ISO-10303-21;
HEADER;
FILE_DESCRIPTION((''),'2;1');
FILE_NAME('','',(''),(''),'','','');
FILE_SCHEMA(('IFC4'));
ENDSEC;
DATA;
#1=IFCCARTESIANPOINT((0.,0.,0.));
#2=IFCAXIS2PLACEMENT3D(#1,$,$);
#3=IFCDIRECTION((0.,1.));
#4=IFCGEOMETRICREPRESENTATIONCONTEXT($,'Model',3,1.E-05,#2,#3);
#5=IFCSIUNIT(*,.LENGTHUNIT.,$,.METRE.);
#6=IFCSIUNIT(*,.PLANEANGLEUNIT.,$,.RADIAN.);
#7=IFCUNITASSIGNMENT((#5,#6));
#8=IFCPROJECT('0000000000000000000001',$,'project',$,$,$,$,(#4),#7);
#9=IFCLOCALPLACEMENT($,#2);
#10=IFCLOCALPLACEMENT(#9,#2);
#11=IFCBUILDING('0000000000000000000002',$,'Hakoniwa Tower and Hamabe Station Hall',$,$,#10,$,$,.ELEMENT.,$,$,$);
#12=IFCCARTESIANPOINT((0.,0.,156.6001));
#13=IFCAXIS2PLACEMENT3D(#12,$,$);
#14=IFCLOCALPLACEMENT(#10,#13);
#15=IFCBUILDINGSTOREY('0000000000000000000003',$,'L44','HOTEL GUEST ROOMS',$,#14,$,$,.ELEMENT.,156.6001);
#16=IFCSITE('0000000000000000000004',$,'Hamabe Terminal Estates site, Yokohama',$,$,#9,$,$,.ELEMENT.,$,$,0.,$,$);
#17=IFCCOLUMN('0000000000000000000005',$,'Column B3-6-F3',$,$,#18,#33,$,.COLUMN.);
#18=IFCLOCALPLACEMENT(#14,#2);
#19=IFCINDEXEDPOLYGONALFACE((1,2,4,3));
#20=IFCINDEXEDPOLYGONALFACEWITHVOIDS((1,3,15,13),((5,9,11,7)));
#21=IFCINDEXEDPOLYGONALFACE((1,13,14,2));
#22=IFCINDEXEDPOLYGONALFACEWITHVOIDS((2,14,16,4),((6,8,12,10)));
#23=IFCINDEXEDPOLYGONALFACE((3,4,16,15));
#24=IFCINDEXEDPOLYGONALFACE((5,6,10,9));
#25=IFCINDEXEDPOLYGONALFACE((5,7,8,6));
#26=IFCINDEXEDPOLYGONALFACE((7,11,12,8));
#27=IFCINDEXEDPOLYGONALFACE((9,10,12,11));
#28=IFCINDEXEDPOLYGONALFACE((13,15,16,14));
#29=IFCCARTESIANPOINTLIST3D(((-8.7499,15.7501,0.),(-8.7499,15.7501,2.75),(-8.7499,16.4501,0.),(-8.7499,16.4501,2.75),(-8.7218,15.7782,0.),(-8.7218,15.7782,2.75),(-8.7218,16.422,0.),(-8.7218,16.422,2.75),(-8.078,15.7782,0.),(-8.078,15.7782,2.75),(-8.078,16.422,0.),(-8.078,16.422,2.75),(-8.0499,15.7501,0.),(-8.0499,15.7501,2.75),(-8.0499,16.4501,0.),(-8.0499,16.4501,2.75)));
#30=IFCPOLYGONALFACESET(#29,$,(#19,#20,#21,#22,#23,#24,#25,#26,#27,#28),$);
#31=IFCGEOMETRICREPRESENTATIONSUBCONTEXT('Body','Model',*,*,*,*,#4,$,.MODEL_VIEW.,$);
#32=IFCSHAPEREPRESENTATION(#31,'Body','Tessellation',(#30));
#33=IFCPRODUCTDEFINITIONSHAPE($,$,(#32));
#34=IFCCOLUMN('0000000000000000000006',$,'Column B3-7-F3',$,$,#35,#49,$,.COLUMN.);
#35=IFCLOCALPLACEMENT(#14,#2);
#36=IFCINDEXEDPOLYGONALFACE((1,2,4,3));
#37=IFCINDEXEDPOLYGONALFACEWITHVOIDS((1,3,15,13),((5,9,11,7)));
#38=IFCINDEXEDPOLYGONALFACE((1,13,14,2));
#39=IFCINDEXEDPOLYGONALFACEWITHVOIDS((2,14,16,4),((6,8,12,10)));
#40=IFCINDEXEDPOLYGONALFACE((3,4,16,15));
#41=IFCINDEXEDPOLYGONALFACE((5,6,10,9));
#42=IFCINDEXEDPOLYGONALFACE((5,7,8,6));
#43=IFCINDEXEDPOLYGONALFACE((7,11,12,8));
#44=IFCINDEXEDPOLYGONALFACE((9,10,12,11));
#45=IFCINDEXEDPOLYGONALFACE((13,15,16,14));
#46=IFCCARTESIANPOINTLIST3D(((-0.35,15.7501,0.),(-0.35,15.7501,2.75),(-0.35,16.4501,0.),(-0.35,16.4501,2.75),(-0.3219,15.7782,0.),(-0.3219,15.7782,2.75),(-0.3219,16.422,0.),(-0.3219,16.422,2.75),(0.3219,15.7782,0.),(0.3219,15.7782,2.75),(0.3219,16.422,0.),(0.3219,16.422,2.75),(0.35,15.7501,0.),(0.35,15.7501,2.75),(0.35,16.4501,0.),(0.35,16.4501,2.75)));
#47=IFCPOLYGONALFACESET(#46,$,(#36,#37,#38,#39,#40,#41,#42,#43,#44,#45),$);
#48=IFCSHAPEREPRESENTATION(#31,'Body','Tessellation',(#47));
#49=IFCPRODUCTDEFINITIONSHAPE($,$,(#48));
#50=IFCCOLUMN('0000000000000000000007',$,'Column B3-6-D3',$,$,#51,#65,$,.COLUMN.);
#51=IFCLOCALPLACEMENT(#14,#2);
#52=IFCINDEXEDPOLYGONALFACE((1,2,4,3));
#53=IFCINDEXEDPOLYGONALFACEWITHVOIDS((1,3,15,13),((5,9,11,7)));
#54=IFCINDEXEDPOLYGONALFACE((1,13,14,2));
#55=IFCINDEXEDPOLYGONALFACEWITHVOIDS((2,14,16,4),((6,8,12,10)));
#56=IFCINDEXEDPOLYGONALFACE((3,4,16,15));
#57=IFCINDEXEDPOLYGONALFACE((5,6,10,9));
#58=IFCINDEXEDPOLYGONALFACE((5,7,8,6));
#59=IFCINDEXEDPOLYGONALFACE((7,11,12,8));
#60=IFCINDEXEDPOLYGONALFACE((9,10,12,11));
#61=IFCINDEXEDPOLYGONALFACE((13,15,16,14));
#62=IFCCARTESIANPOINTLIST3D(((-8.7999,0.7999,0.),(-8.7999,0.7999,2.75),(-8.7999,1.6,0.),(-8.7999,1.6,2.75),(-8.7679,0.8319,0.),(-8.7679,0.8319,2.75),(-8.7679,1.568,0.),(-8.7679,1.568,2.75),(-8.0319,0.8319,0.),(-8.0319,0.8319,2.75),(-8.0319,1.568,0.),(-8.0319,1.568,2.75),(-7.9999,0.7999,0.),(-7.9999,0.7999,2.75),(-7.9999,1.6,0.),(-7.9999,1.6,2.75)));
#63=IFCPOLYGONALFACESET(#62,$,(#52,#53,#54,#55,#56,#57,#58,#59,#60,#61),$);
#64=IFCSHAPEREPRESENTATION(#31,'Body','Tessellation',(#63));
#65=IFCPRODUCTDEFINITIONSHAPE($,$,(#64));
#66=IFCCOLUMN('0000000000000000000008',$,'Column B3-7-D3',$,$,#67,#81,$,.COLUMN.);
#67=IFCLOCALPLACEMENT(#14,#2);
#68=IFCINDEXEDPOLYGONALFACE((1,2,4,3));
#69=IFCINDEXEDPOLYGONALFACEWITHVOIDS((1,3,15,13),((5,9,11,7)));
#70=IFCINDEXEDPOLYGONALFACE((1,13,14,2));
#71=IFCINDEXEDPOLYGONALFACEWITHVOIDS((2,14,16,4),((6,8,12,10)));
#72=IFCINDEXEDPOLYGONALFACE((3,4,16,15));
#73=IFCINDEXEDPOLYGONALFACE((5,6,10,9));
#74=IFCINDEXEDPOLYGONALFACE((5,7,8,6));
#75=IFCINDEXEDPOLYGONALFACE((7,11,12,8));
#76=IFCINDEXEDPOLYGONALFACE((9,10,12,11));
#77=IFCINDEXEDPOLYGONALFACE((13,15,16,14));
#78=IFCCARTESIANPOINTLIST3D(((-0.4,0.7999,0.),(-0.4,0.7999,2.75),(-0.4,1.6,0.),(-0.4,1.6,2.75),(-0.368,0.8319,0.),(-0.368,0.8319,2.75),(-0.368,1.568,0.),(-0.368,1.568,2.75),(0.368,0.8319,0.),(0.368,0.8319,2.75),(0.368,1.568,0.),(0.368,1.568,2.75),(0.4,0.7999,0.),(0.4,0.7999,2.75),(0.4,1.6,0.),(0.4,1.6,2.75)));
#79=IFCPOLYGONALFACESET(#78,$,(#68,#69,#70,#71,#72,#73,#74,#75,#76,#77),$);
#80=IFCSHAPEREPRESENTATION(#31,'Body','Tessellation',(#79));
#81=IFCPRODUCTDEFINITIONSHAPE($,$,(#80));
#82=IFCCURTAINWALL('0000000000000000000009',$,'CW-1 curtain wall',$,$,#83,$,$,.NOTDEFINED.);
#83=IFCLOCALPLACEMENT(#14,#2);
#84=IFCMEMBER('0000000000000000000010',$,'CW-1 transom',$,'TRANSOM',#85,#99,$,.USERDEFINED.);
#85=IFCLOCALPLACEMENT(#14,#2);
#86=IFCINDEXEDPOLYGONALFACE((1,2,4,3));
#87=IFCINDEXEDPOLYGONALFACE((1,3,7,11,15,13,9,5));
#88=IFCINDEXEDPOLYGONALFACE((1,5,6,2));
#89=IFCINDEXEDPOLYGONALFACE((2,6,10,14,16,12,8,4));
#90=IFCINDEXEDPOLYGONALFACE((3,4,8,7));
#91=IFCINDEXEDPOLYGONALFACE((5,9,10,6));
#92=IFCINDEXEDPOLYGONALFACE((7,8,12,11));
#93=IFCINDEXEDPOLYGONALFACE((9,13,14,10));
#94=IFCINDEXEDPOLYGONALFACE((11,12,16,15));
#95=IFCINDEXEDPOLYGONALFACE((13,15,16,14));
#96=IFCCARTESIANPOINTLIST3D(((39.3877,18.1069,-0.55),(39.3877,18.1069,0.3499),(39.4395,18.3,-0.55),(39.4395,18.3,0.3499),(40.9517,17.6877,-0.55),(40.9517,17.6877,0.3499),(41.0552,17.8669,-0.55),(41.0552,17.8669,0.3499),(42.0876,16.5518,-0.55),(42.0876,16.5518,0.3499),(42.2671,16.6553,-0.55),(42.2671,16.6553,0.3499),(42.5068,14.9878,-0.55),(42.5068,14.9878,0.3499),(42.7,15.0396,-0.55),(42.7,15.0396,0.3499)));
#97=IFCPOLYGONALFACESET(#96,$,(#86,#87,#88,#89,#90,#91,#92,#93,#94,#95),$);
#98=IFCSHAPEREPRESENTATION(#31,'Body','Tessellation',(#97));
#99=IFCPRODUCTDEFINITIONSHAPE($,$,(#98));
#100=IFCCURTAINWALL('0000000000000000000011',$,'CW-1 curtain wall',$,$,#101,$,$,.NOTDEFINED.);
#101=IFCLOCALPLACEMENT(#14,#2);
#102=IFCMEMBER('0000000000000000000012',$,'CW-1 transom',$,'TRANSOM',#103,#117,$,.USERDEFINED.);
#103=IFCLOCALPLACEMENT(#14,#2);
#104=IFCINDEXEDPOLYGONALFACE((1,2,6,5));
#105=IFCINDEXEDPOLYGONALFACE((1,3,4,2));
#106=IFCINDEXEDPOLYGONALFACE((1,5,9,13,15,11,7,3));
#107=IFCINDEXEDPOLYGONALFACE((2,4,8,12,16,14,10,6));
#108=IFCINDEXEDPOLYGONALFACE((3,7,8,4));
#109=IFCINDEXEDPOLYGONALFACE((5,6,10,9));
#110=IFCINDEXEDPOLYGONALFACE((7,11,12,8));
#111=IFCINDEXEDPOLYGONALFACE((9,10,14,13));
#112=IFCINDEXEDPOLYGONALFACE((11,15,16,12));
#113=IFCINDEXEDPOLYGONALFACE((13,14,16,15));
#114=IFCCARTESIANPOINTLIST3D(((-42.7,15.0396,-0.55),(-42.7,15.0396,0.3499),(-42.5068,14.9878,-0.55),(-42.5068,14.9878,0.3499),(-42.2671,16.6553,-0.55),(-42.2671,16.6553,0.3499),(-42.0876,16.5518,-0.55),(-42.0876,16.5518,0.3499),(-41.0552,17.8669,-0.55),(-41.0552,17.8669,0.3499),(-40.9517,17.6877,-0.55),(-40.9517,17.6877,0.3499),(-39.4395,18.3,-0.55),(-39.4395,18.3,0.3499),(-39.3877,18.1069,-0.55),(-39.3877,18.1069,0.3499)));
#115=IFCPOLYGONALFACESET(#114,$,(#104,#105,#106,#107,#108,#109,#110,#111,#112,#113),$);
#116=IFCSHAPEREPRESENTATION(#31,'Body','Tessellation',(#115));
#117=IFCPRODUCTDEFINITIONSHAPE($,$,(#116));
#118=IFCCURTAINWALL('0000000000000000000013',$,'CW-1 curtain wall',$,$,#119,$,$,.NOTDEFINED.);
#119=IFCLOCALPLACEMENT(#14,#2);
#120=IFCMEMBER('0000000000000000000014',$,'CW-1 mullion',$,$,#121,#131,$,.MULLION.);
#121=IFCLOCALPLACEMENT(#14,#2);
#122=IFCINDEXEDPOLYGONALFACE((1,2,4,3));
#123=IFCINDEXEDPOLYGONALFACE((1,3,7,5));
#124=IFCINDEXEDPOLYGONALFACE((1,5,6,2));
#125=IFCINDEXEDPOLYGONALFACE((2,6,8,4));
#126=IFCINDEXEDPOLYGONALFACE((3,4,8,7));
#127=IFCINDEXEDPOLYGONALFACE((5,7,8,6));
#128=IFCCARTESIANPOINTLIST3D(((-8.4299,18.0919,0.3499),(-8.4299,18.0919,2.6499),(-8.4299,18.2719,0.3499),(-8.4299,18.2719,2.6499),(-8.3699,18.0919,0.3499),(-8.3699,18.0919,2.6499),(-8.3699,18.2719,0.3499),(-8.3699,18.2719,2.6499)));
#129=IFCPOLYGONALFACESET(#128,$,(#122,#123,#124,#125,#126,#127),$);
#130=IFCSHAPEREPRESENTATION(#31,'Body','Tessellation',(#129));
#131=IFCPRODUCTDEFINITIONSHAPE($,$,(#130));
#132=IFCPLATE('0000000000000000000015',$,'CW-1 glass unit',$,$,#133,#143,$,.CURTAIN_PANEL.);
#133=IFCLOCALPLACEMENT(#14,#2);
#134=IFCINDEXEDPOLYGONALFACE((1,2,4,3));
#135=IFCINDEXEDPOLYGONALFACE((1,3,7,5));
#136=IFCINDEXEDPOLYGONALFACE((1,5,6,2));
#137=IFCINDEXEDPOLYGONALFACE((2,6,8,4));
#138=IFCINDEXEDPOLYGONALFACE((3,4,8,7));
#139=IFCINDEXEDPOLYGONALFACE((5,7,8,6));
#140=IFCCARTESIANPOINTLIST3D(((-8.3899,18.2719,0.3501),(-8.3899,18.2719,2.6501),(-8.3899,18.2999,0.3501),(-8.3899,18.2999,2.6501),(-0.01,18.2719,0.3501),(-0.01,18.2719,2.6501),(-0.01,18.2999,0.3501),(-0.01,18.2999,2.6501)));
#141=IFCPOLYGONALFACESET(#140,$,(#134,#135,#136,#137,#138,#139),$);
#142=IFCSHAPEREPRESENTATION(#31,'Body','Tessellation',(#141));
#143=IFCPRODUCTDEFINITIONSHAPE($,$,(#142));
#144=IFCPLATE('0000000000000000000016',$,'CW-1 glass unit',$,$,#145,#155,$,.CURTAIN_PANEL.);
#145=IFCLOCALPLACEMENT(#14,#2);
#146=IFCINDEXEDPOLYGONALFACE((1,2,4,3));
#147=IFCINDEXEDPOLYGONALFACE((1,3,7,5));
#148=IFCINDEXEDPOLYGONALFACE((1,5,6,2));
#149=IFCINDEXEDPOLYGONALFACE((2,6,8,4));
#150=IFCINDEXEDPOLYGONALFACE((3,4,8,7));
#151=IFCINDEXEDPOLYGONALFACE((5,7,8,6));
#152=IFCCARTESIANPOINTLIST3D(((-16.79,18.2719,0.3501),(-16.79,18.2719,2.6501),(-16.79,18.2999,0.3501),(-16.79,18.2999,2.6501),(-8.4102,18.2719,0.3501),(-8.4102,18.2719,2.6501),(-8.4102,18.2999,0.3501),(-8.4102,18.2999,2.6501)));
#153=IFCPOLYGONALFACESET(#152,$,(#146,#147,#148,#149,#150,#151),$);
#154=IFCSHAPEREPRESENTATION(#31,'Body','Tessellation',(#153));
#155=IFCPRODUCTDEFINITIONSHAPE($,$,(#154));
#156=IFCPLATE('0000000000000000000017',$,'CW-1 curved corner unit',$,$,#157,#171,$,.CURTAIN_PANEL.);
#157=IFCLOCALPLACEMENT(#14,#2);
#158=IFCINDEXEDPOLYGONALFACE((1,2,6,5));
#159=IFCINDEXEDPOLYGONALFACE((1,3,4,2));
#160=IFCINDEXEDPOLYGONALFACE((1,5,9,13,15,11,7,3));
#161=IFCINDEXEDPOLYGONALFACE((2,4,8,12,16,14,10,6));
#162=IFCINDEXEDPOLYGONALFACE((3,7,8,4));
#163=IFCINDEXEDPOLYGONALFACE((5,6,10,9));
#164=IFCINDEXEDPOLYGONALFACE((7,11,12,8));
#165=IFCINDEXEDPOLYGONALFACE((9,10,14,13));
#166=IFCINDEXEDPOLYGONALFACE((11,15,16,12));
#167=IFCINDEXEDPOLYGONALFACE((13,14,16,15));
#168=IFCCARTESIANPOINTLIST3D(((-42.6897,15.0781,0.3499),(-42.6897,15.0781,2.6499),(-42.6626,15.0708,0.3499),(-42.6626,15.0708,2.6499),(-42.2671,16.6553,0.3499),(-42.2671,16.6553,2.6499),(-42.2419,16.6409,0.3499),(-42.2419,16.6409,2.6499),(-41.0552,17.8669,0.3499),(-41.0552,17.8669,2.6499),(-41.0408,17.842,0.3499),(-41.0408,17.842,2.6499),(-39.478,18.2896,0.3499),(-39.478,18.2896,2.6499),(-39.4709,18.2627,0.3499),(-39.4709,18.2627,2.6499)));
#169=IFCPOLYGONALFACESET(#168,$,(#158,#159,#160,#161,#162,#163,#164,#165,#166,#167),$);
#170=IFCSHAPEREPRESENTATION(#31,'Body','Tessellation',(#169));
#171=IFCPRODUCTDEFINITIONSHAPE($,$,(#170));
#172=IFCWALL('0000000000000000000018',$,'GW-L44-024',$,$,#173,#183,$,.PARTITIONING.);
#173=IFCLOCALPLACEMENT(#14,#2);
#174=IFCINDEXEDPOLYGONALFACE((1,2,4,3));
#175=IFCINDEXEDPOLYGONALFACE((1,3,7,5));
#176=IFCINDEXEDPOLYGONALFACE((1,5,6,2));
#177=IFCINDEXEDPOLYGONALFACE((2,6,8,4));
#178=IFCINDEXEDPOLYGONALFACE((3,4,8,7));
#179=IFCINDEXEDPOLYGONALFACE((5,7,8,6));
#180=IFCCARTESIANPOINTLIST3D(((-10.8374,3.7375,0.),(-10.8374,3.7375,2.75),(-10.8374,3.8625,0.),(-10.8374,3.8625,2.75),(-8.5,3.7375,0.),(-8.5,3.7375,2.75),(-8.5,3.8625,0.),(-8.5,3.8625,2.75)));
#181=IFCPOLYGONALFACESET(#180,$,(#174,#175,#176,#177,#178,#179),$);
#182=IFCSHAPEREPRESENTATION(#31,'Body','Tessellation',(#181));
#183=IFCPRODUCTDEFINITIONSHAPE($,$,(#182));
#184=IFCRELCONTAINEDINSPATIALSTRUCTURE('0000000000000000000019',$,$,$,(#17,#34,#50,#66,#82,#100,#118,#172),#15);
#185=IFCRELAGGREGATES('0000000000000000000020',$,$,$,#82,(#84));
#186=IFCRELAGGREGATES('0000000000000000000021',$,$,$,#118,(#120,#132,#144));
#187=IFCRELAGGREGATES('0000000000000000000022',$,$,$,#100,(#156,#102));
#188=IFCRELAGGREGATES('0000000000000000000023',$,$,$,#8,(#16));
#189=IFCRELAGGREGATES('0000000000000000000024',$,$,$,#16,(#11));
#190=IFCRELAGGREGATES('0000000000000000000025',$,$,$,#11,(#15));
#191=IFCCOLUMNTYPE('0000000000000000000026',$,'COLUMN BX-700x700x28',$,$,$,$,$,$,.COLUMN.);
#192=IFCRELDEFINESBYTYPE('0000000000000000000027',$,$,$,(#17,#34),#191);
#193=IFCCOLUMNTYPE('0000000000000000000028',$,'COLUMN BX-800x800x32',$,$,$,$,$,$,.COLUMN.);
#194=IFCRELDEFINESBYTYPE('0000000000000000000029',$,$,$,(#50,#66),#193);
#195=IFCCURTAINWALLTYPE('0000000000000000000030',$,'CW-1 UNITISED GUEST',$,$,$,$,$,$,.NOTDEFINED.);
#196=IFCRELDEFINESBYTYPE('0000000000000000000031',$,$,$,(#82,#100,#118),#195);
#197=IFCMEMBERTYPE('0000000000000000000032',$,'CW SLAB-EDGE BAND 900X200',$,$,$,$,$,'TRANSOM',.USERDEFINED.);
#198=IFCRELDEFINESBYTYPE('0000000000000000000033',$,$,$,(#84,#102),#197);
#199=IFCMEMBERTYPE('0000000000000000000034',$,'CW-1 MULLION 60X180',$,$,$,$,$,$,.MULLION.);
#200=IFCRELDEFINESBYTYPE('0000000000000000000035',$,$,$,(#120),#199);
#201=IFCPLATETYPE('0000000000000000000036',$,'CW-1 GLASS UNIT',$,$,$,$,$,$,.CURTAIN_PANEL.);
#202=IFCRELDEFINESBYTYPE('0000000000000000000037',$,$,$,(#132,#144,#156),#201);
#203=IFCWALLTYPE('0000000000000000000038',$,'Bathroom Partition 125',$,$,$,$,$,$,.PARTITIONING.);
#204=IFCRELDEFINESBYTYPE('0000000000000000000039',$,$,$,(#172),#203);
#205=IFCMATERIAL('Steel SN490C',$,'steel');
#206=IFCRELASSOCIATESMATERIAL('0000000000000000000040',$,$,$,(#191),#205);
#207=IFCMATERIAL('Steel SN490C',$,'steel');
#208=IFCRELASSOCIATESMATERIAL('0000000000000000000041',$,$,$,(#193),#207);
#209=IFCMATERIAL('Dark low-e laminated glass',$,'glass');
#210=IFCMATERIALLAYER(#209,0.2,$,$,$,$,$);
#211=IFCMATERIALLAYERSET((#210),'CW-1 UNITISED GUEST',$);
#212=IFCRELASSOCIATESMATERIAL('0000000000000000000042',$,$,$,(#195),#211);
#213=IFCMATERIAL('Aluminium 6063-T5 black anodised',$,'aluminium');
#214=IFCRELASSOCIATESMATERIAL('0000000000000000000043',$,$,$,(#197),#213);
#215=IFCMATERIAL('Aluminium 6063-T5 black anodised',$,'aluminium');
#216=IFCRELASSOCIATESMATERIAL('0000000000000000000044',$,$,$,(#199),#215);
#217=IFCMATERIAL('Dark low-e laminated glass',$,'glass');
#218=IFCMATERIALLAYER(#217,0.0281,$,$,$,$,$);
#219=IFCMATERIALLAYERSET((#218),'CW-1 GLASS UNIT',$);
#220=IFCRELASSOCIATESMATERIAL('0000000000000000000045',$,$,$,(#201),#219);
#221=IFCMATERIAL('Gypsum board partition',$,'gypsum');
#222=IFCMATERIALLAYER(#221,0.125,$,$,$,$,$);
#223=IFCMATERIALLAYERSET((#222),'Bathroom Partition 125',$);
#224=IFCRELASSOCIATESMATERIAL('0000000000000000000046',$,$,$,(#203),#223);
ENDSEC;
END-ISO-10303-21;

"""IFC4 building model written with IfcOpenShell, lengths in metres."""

from ifc_helpers import new_model, si_unit, direction, frame, frame_2d, origin, origin_2d, place, context, subcontext, project, spatial, polyline, rectangle, hollow_rectangle, outline, extrude, material, layer, layer_set, material_profile, profile_set, type_object, element, aggregate, save


model = new_model("IFC4")

# Units and contexts
model_context = context("Model", 3, precision=1e-05, world=origin(), true_north=direction((0.0, 1.0)))
body_context = subcontext(model_context, "Body", "Model", "MODEL_VIEW")
ifc_project = project(units=[si_unit("LENGTHUNIT", "METRE"), si_unit("PLANEANGLEUNIT", "RADIAN")], contexts=[model_context])

# Site, building, storey
site_placement = place(None, origin())
site = spatial("IfcSite", under=ifc_project, at=site_placement, Name="Hamabe Terminal Estates site, Yokohama", CompositionType="ELEMENT", RefElevation=0.0)
building_placement = place(site_placement, origin())
building = spatial("IfcBuilding", under=site, at=building_placement, Name="Hakoniwa Tower and Hamabe Station Hall", CompositionType="ELEMENT")
storey_placement = place(building_placement, frame((0.0, 0.0, 156.6001)))
storey = spatial("IfcBuildingStorey", under=building, at=storey_placement, Name="L44", Description="HOTEL GUEST ROOMS", CompositionType="ELEMENT", Elevation=156.6001)

# Columns
ifc_material_1 = material(Name="Steel SN490C", Category="steel")
ifc_material_profile_1 = material_profile(ifc_material_1, hollow_rectangle(XDim=0.7, YDim=0.7, WallThickness=0.0281, at=origin_2d()), Name="BX-700x700x28")
ifc_profile_set_1 = profile_set([ifc_material_profile_1], Name="Steel SN490C")
column_type_1 = type_object("IfcColumnType", Name="COLUMN BX-700x700x28", PredefinedType="COLUMN", material=ifc_profile_set_1)
for number, where, z_axis, x_axis, name in (
    (1, (-8.3999, 16.1001, 0.0), (0.0, 0.0, 1.0), (1.0, 0.0, 0.0), "Column B3-6-F3"),
    (2, (0.0, 16.1001, 0.0), (0.0, 0.0, 1.0), (1.0, 0.0, 0.0), "Column B3-7-F3"),
):
    element("IfcColumn", number, at=place(storey_placement, frame(where, z_axis=z_axis, x_axis=x_axis)), inside=storey, type_object=column_type_1, Name=name, PredefinedType="COLUMN", context=body_context, shape_type="SweptSolid", body=[
        extrude(hollow_rectangle(XDim=0.7, YDim=0.7, WallThickness=0.0281, at=origin_2d()), origin(), (0.0, 0.0, 1.0), 2.75),
    ])
ifc_material_2 = material(Name="Steel SN490C", Category="steel")
ifc_material_profile_2 = material_profile(ifc_material_2, hollow_rectangle(XDim=0.8, YDim=0.8, WallThickness=0.032, at=origin_2d()), Name="BX-800x800x32")
ifc_profile_set_2 = profile_set([ifc_material_profile_2], Name="Steel SN490C")
column_type_2 = type_object("IfcColumnType", Name="COLUMN BX-800x800x32", PredefinedType="COLUMN", material=ifc_profile_set_2)
for number, where, z_axis, x_axis, name in (
    (3, (-8.3999, 1.2, 0.0), (0.0, 0.0, 1.0), (1.0, 0.0, 0.0), "Column B3-6-D3"),
    (4, (0.0, 1.2, 0.0), (0.0, 0.0, 1.0), (1.0, 0.0, 0.0), "Column B3-7-D3"),
):
    element("IfcColumn", number, at=place(storey_placement, frame(where, z_axis=z_axis, x_axis=x_axis)), inside=storey, type_object=column_type_2, Name=name, PredefinedType="COLUMN", context=body_context, shape_type="SweptSolid", body=[
        extrude(hollow_rectangle(XDim=0.8, YDim=0.8, WallThickness=0.032, at=origin_2d()), origin(), (0.0, 0.0, 1.0), 2.75),
    ])

# Curtain walls, members
ifc_material_3 = material(Name="Dark low-e laminated glass", Category="glass")
ifc_layer_1 = layer(ifc_material_3, 0.2)
ifc_layer_set_1 = layer_set([ifc_layer_1], Name="CW-1 UNITISED GUEST")
curtain_wall_type = type_object("IfcCurtainWallType", Name="CW-1 UNITISED GUEST", PredefinedType="NOTDEFINED", material=ifc_layer_set_1)
curtain_wall_1_placement = place(storey_placement, origin())
curtain_wall_1 = element("IfcCurtainWall", 5, at=curtain_wall_1_placement, inside=storey, type_object=curtain_wall_type, Name="CW-1 curtain wall", PredefinedType="NOTDEFINED")
ifc_material_4 = material(Name="Aluminium 6063-T5 black anodised", Category="aluminium")
ifc_material_profile_3 = material_profile(ifc_material_4, rectangle(XDim=0.2, YDim=0.8999, at=origin_2d()), Name="CW SLAB-EDGE BAND 900X200")
ifc_profile_set_3 = profile_set([ifc_material_profile_3], Name="Aluminium 6063-T5 black anodised")
member_type_1 = type_object("IfcMemberType", Name="CW SLAB-EDGE BAND 900X200", ElementType="TRANSOM", PredefinedType="USERDEFINED", material=ifc_profile_set_3)
member_1_placement = place(storey_placement, frame((0.0, 0.0, -0.55)))
member_1 = element("IfcMember", 6, at=member_1_placement, type_object=member_type_1, Name="CW-1 transom", ObjectType="TRANSOM", PredefinedType="USERDEFINED", context=body_context, shape_type="SweptSolid", body=[
    extrude(outline(polyline([(42.7, 15.0396), (42.2671, 16.6553), (41.0552, 17.8669), (39.4395, 18.3), (39.3877, 18.1069), (40.9517, 17.6877), (42.0876, 16.5518), (42.5068, 14.9878), (42.7, 15.0396)])), origin(), (0.0, 0.0, 1.0), 0.8999),
])
aggregate(curtain_wall_1, [member_1])
curtain_wall_2_placement = place(storey_placement, origin())
curtain_wall_2 = element("IfcCurtainWall", 7, at=curtain_wall_2_placement, inside=storey, type_object=curtain_wall_type, Name="CW-1 curtain wall", PredefinedType="NOTDEFINED")
member_2_placement = place(storey_placement, frame((0.0, 0.0, -0.55)))
member_2 = element("IfcMember", 8, at=member_2_placement, type_object=member_type_1, Name="CW-1 transom", ObjectType="TRANSOM", PredefinedType="USERDEFINED", context=body_context, shape_type="SweptSolid", body=[
    extrude(outline(polyline([(-39.4395, 18.3), (-41.0552, 17.8669), (-42.2671, 16.6553), (-42.7, 15.0396), (-42.5068, 14.9878), (-42.0876, 16.5518), (-40.9517, 17.6877), (-39.3877, 18.1069), (-39.4395, 18.3)])), origin(), (0.0, 0.0, 1.0), 0.8999),
])

# Curtain wall, member, plates
curtain_wall_3_placement = place(storey_placement, origin())
curtain_wall_3 = element("IfcCurtainWall", 9, at=curtain_wall_3_placement, inside=storey, type_object=curtain_wall_type, Name="CW-1 curtain wall", PredefinedType="NOTDEFINED")
ifc_material_5 = material(Name="Aluminium 6063-T5 black anodised", Category="aluminium")
ifc_material_profile_4 = material_profile(ifc_material_5, rectangle(XDim=0.0601, YDim=0.1799, at=origin_2d()), Name="CW-1 MULLION 60X180")
ifc_profile_set_4 = profile_set([ifc_material_profile_4], Name="Aluminium 6063-T5 black anodised")
member_type_2 = type_object("IfcMemberType", Name="CW-1 MULLION 60X180", PredefinedType="MULLION", material=ifc_profile_set_4)
member_3_placement = place(storey_placement, frame((-8.3999, 18.1819, 0.3499), z_axis=(0.0, 0.0, 1.0), x_axis=(-1.0, 0.0, 0.0)))
member_3 = element("IfcMember", 10, at=member_3_placement, type_object=member_type_2, Name="CW-1 mullion", PredefinedType="MULLION", context=body_context, shape_type="SweptSolid", body=[
    extrude(rectangle(XDim=0.0601, YDim=0.1799, at=origin_2d()), origin(), (0.0, 0.0, 1.0), 2.3),
])
ifc_material_6 = material(Name="Dark low-e laminated glass", Category="glass")
ifc_layer_2 = layer(ifc_material_6, 0.0281)
ifc_layer_set_2 = layer_set([ifc_layer_2], Name="CW-1 GLASS UNIT")
plate_type = type_object("IfcPlateType", Name="CW-1 GLASS UNIT", PredefinedType="CURTAIN_PANEL", material=ifc_layer_set_2)
plate_1_placement = place(storey_placement, frame((-4.2, 18.2859, 0.3501), z_axis=(0.0, 0.0, 1.0), x_axis=(-1.0, 0.0, 0.0)))
plate_1 = element("IfcPlate", 11, at=plate_1_placement, type_object=plate_type, Name="CW-1 glass unit", PredefinedType="CURTAIN_PANEL", context=body_context, shape_type="SweptSolid", body=[
    extrude(rectangle(XDim=8.3799, YDim=0.0281, at=origin_2d()), origin(), (0.0, 0.0, 1.0), 2.3),
])
plate_2_placement = place(storey_placement, frame((-12.6001, 18.2859, 0.3501), z_axis=(0.0, 0.0, 1.0), x_axis=(-1.0, 0.0, 0.0)))
plate_2 = element("IfcPlate", 12, at=plate_2_placement, type_object=plate_type, Name="CW-1 glass unit", PredefinedType="CURTAIN_PANEL", context=body_context, shape_type="SweptSolid", body=[
    extrude(rectangle(XDim=8.3799, YDim=0.0281, at=origin_2d()), origin(), (0.0, 0.0, 1.0), 2.3),
])
aggregate(curtain_wall_3, [member_3, plate_1, plate_2])

# Plate
plate_3_placement = place(storey_placement, frame((0.0, 0.0, 0.3499)))
plate_3 = element("IfcPlate", 13, at=plate_3_placement, type_object=plate_type, Name="CW-1 curved corner unit", PredefinedType="CURTAIN_PANEL", context=body_context, shape_type="SweptSolid", body=[
    extrude(outline(polyline([(-39.478, 18.2896), (-41.0552, 17.8669), (-42.2671, 16.6553), (-42.6897, 15.0781), (-42.6626, 15.0708), (-42.2419, 16.6409), (-41.0408, 17.842), (-39.4709, 18.2627), (-39.478, 18.2896)])), origin(), (0.0, 0.0, 1.0), 2.3),
])
aggregate(curtain_wall_2, [plate_3, member_2])

# Wall
ifc_material_7 = material(Name="Gypsum board partition", Category="gypsum")
ifc_layer_3 = layer(ifc_material_7, 0.125)
ifc_layer_set_3 = layer_set([ifc_layer_3], Name="Bathroom Partition 125")
wall_type_1 = type_object("IfcWallType", Name="Bathroom Partition 125", PredefinedType="PARTITIONING", material=ifc_layer_set_3)
wall_1_placement = place(storey_placement, frame((-10.8374, 3.8, 0.0), z_axis=(0.0, 0.0, 1.0), x_axis=(1.0, 0.0, 0.0)))
element("IfcWall", 14, at=wall_1_placement, inside=storey, type_object=wall_type_1, Name="GW-L44-024", PredefinedType="PARTITIONING", context=body_context, shape_type="SweptSolid", body=[
    extrude(rectangle(XDim=2.3374, YDim=0.125, at=frame_2d((1.1687, 0.0))), origin(), (0.0, 0.0, 1.0), 2.75),
])

save(model, "model.ifc")
